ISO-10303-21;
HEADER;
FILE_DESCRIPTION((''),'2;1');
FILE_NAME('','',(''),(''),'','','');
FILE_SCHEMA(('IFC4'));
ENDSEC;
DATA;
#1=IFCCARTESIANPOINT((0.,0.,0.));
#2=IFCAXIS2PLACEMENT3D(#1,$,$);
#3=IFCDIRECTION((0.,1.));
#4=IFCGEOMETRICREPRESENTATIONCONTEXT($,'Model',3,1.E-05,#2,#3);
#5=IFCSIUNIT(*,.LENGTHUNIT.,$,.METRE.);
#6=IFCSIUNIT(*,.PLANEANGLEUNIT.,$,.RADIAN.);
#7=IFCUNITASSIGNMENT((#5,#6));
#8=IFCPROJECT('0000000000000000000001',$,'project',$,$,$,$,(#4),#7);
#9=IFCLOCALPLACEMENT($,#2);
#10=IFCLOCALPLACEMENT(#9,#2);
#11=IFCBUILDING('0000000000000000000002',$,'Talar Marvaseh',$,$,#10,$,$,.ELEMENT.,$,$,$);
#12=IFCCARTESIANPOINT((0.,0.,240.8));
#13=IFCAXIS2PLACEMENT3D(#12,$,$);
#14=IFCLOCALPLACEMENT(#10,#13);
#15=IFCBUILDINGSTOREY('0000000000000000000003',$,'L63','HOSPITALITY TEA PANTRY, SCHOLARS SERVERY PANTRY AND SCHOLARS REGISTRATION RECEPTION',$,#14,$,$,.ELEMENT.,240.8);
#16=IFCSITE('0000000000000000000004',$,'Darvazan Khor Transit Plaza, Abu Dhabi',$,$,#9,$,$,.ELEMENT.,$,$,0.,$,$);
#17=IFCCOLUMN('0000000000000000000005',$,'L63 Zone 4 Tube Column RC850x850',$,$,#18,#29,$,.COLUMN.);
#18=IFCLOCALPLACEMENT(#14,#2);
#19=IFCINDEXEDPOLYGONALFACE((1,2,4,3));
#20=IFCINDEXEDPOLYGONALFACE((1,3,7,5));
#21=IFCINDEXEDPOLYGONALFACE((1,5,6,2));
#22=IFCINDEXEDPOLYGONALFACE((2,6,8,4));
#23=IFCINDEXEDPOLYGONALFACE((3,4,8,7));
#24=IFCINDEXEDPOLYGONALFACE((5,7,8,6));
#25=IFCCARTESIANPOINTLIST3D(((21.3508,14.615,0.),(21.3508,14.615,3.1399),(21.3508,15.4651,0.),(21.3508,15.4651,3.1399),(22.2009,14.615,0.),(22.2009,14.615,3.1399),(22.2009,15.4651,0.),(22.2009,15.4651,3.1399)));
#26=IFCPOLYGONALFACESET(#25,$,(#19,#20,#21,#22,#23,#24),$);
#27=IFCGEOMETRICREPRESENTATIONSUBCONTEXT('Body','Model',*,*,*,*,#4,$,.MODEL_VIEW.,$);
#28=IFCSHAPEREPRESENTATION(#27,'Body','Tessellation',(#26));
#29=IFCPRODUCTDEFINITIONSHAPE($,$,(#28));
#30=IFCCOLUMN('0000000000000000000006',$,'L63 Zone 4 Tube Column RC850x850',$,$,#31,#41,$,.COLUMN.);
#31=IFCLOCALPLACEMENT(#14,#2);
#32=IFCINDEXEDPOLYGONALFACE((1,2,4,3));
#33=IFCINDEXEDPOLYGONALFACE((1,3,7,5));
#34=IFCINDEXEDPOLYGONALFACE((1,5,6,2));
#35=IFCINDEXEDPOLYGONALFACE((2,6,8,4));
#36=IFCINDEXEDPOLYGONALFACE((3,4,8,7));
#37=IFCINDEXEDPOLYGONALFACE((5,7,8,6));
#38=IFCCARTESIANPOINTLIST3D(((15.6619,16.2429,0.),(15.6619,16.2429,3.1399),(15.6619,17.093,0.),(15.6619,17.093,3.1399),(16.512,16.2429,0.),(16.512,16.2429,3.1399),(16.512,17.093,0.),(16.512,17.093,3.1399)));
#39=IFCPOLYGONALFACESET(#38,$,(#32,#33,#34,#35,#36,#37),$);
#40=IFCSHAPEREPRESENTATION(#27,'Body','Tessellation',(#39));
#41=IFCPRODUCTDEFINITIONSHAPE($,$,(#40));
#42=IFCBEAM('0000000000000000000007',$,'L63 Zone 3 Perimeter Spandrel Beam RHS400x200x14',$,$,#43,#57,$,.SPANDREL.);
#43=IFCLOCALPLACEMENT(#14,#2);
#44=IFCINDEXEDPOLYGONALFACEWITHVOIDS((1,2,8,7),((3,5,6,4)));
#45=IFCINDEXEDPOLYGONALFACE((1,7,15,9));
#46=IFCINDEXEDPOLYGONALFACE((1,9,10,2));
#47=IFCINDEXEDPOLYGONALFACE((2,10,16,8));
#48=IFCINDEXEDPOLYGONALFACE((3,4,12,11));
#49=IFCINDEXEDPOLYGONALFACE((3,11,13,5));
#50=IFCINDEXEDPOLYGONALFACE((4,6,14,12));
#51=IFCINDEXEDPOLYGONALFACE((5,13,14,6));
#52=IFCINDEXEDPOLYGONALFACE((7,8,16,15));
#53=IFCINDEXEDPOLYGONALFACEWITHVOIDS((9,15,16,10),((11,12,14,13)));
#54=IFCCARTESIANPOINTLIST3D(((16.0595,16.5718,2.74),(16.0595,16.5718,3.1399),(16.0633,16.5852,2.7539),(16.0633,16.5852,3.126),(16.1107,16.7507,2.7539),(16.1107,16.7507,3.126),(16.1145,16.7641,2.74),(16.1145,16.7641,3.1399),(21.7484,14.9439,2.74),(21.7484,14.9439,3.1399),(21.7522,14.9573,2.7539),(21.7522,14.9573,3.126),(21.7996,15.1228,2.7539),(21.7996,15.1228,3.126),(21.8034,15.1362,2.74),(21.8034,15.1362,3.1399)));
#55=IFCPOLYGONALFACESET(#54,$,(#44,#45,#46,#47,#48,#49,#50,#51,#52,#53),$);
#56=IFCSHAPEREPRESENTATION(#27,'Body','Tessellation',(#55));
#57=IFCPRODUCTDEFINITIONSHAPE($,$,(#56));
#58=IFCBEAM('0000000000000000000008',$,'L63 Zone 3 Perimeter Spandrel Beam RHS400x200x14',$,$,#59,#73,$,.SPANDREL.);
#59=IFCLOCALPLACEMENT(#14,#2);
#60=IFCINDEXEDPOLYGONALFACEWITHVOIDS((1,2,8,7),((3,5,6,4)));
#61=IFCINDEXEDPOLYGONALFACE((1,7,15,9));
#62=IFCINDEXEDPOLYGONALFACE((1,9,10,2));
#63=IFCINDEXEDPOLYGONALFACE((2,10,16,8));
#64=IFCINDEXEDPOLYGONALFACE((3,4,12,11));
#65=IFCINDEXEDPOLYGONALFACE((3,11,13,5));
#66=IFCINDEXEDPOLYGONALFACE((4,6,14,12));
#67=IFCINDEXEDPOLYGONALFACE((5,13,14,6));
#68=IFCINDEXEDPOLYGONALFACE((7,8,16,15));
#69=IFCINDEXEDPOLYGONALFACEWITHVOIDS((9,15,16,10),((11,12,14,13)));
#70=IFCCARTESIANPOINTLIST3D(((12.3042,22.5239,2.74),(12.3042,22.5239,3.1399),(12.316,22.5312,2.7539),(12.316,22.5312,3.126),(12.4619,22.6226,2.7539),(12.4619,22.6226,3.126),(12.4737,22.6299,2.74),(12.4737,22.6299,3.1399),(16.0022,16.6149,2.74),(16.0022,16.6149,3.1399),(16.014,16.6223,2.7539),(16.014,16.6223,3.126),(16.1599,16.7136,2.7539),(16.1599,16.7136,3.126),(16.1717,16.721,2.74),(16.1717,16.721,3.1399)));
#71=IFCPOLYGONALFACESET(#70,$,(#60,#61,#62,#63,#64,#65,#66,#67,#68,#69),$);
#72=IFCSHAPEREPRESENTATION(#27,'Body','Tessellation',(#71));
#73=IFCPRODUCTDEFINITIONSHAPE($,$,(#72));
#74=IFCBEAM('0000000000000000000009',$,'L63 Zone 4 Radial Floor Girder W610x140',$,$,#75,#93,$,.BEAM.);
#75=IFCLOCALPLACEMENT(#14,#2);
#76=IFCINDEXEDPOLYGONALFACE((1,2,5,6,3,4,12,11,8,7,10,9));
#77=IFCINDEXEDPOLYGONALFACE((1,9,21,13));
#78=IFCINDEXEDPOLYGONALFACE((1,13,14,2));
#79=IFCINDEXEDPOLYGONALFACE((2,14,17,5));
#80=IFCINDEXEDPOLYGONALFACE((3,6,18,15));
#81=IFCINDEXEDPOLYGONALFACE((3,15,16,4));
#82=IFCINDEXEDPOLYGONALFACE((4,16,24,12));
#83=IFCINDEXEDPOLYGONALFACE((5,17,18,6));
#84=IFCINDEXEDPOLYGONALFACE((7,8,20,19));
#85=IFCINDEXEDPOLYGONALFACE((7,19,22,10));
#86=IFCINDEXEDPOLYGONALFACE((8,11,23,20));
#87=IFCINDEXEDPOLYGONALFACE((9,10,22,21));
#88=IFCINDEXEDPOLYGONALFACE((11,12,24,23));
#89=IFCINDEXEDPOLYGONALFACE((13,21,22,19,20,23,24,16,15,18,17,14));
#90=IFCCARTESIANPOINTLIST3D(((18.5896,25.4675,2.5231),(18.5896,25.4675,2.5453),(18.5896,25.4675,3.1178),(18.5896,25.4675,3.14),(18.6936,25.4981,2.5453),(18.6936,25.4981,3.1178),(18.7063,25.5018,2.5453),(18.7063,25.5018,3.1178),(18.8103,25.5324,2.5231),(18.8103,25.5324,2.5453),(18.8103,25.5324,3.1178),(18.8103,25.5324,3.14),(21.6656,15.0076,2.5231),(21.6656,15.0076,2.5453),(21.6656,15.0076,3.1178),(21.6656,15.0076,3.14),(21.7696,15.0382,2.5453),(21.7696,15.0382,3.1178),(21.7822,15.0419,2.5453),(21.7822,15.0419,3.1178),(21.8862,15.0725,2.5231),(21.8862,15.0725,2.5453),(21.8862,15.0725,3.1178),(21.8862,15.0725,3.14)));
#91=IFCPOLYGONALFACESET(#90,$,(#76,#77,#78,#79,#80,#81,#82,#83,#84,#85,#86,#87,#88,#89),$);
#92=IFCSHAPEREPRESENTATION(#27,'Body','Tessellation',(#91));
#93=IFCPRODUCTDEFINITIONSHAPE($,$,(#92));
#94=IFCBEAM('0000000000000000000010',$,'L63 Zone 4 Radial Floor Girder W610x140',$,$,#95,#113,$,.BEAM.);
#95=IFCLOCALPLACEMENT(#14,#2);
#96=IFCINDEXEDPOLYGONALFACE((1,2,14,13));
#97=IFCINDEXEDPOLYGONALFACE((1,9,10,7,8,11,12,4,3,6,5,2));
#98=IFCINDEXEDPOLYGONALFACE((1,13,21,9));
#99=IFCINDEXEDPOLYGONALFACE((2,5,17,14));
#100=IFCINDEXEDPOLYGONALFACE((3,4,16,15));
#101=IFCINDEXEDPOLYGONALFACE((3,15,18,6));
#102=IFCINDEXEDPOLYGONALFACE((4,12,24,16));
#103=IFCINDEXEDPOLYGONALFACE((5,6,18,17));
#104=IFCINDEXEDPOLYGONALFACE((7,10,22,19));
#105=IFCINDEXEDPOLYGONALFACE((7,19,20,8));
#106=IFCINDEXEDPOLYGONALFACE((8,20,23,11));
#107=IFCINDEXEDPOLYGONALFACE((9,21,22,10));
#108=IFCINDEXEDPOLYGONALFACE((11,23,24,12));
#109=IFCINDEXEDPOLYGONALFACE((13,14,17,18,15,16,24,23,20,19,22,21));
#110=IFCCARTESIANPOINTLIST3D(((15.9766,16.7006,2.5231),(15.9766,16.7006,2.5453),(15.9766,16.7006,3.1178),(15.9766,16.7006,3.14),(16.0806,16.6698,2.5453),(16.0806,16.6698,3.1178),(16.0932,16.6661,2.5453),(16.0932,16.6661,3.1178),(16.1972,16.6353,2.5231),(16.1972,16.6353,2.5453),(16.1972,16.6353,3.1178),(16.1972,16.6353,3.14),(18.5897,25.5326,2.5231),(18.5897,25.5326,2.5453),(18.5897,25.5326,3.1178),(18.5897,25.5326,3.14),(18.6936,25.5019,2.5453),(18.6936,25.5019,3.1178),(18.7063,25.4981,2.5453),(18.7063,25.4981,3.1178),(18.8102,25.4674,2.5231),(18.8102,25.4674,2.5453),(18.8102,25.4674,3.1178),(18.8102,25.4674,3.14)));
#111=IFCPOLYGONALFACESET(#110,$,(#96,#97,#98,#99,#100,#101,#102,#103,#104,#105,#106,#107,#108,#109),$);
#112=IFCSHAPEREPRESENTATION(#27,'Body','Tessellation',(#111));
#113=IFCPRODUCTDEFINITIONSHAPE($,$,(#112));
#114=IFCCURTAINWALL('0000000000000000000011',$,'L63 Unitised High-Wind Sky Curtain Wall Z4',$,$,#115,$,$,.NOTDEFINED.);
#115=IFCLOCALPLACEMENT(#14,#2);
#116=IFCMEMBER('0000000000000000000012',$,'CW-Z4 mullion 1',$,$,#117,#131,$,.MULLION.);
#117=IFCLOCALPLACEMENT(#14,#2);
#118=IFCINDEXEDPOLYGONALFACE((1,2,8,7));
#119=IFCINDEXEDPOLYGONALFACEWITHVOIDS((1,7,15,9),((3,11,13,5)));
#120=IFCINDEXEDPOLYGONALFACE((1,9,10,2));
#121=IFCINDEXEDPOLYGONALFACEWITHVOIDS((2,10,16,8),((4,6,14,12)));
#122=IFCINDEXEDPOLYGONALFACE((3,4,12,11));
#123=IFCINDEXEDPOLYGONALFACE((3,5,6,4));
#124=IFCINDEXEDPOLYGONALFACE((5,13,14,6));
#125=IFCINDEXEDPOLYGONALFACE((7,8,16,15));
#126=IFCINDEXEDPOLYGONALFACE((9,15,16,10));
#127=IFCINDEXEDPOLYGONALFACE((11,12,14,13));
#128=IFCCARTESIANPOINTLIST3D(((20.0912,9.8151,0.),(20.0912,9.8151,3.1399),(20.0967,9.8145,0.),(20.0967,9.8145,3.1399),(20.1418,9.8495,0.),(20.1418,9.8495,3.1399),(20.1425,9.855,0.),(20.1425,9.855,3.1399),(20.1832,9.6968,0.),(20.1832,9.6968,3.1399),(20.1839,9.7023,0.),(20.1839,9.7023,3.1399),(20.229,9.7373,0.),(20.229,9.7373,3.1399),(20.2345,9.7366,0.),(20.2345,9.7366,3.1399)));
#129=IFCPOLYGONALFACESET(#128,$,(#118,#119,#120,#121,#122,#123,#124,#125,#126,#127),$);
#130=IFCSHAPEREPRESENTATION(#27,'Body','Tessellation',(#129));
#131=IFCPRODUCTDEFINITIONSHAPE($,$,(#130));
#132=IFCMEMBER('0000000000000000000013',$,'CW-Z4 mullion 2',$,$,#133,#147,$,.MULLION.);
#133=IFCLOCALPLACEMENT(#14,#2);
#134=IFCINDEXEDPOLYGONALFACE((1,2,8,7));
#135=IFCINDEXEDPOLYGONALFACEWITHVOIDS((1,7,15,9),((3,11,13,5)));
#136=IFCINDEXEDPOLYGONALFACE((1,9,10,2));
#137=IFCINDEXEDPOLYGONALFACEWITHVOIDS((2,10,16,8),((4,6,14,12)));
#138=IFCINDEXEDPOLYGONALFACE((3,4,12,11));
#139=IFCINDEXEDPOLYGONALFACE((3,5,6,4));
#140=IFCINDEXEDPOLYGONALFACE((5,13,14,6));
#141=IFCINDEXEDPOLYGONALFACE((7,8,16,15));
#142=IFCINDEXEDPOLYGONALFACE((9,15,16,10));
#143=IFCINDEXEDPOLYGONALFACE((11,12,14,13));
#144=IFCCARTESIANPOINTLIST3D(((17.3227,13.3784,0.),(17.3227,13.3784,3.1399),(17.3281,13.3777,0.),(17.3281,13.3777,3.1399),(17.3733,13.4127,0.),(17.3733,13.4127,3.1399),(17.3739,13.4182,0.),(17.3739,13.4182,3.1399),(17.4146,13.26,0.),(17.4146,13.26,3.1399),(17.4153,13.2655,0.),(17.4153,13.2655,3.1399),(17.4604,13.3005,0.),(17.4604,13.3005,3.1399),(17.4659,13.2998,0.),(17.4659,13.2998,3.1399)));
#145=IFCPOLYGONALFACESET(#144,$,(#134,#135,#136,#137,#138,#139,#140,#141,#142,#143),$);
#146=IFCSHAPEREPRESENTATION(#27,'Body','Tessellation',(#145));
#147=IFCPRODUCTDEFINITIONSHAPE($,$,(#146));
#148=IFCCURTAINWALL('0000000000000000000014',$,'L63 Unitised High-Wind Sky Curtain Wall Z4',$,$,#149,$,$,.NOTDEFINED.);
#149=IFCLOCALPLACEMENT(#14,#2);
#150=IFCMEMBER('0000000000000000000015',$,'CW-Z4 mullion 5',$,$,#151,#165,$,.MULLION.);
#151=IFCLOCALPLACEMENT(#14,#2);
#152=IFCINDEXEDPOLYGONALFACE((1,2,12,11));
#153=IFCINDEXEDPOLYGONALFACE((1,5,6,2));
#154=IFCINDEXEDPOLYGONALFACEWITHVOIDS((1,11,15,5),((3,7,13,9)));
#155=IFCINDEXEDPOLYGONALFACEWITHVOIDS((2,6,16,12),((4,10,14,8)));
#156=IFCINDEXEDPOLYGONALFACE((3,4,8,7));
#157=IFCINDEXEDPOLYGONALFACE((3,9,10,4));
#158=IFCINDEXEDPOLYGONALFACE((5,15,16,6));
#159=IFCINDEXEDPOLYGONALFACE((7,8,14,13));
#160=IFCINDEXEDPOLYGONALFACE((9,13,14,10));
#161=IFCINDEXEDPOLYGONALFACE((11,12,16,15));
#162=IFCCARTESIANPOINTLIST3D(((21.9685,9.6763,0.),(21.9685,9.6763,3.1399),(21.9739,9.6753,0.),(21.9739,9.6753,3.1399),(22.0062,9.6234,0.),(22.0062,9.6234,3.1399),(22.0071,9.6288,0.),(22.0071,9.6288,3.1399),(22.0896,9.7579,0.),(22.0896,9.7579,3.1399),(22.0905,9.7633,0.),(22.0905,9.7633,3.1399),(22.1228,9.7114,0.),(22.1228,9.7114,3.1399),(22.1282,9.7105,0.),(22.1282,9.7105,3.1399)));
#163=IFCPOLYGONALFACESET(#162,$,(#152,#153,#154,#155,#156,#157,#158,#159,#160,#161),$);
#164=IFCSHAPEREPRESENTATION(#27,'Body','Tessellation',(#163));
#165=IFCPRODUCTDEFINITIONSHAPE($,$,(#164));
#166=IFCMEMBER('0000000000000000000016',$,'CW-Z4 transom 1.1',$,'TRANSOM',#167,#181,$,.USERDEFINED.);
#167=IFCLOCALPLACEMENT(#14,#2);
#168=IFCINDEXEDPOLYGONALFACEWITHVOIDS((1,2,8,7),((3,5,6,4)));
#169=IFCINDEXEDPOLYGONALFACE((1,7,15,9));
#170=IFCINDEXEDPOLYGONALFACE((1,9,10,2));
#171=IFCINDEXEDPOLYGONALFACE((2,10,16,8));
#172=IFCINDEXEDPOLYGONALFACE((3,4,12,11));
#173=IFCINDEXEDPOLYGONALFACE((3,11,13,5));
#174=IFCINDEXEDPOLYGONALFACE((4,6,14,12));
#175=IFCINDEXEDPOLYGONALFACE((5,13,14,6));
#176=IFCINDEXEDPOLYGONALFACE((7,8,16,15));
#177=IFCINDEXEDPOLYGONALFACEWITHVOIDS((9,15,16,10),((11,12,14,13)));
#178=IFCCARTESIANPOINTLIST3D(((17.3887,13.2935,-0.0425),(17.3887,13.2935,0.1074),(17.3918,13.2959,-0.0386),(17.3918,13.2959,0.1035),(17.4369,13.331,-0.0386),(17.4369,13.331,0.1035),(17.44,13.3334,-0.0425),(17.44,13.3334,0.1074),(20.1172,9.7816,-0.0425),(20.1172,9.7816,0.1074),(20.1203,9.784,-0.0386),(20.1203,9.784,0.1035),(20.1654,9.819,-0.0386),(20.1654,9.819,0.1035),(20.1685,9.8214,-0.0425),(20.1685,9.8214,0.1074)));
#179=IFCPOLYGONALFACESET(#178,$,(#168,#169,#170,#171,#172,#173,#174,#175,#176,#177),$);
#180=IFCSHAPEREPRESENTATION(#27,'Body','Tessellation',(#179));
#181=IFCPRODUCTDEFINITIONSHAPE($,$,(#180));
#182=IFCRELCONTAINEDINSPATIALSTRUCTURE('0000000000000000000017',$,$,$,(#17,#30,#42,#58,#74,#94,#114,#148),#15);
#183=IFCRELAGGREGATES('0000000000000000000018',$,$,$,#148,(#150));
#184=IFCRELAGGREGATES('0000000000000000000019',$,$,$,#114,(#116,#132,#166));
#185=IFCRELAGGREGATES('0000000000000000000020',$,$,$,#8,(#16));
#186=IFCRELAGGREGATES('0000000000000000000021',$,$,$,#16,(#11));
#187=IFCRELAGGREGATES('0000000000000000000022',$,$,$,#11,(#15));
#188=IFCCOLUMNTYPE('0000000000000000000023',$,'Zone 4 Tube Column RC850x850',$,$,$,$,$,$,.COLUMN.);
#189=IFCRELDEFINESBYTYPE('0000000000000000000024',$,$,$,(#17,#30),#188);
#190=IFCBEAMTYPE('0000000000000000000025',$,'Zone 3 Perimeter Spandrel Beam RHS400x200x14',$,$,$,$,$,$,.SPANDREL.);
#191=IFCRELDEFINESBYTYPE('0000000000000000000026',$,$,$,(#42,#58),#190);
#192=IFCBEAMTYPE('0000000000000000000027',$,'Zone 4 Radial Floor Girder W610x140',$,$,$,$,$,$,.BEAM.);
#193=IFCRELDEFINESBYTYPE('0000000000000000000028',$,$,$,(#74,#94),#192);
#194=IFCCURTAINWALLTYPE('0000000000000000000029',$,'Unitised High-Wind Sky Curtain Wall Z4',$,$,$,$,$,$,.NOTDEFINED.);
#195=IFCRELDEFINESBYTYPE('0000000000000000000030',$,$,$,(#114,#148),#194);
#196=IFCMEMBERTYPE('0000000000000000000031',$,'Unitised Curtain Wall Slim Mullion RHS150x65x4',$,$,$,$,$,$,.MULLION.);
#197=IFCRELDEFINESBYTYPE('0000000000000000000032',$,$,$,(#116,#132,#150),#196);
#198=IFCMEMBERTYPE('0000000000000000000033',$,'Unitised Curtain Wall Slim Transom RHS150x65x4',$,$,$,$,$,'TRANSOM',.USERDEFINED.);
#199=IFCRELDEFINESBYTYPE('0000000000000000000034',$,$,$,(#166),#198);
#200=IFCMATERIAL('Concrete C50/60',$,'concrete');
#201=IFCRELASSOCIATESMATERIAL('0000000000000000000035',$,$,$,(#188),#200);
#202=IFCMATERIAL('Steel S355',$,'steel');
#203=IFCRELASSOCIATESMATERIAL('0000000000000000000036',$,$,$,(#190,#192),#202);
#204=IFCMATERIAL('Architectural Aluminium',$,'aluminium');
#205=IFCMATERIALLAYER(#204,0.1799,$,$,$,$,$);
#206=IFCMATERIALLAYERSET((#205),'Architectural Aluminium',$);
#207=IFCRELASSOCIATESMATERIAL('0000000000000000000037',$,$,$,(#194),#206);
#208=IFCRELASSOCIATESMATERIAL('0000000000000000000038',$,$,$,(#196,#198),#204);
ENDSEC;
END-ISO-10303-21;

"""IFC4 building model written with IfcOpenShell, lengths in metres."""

from ifc_helpers import new_model, si_unit, direction, frame, origin, origin_2d, place, context, subcontext, project, spatial, rectangle, hollow_rectangle, i_section, extrude, source, transform, mapped, material, layer, layer_set, material_profile, profile_set, type_object, type_shapes, element, aggregate, save


model = new_model("IFC4")

# Units and contexts
model_context = context("Model", 3, precision=1e-05, world=origin(), true_north=direction((0.0, 1.0)))
body_context = subcontext(model_context, "Body", "Model", "MODEL_VIEW")
ifc_project = project(units=[si_unit("LENGTHUNIT", "METRE"), si_unit("PLANEANGLEUNIT", "RADIAN")], contexts=[model_context])

# Site, building, storey
site_placement = place(None, origin())
site = spatial("IfcSite", under=ifc_project, at=site_placement, Name="Darvazan Khor Transit Plaza, Abu Dhabi", CompositionType="ELEMENT", RefElevation=0.0)
building_placement = place(site_placement, origin())
building = spatial("IfcBuilding", under=site, at=building_placement, Name="Talar Marvaseh", CompositionType="ELEMENT")
storey_placement = place(building_placement, frame((0.0, 0.0, 240.8)))
storey = spatial("IfcBuildingStorey", under=building, at=storey_placement, Name="L63", Description="HOSPITALITY TEA PANTRY, SCHOLARS SERVERY PANTRY AND SCHOLARS REGISTRATION RECEPTION", CompositionType="ELEMENT", Elevation=240.8)

# Columns
ifc_material_1 = material(Name="Concrete C50/60", Category="concrete")
ifc_material_profile_1 = material_profile(ifc_material_1, rectangle(XDim=0.8501, YDim=0.8501, at=origin_2d()), Name="RC850x850")
ifc_profile_set_1 = profile_set([ifc_material_profile_1], Name="Concrete C50/60")
column_type = type_object("IfcColumnType", Name="Zone 4 Tube Column RC850x850", PredefinedType="COLUMN", material=ifc_profile_set_1)
for number, where, z_axis, x_axis, name in (
    (1, (21.7759, 15.04, 0.0), (0.0, 0.0, 1.0), (1.0, 0.0, 0.0), "L63 Zone 4 Tube Column RC850x850"),
    (2, (16.0869, 16.668, 0.0), (0.0, 0.0, 1.0), (1.0, 0.0, 0.0), "L63 Zone 4 Tube Column RC850x850"),
):
    element("IfcColumn", number, at=place(storey_placement, frame(where, z_axis=z_axis, x_axis=x_axis)), inside=storey, type_object=column_type, Name=name, PredefinedType="COLUMN", context=body_context, shape_type="SweptSolid", body=[
        extrude(rectangle(XDim=0.8501, YDim=0.8501, at=origin_2d()), origin(), (0.0, 0.0, 1.0), 3.1399),
    ])

# Beams
ifc_material_2 = material(Name="Steel S355", Category="steel")
ifc_material_profile_2 = material_profile(ifc_material_2, hollow_rectangle(XDim=0.2, YDim=0.3999, WallThickness=0.0139, at=origin_2d()), Name="RHS400x200x14")
ifc_profile_set_2 = profile_set([ifc_material_profile_2], Name="Steel S355")
beam_type_1 = type_object("IfcBeamType", Name="Zone 3 Perimeter Spandrel Beam RHS400x200x14", PredefinedType="SPANDREL", material=ifc_profile_set_2)
beam_1_placement = place(storey_placement, frame((21.7759, 15.04, 2.9399), z_axis=(-0.961412, 0.275113, 0.0), x_axis=(-0.275113, -0.961412, 0.0)))
element("IfcBeam", 3, at=beam_1_placement, inside=storey, type_object=beam_type_1, Name="L63 Zone 3 Perimeter Spandrel Beam RHS400x200x14", PredefinedType="SPANDREL", context=body_context, shape_type="SweptSolid", body=[
    extrude(hollow_rectangle(XDim=0.2, YDim=0.3999, WallThickness=0.0139, at=origin_2d()), origin(), (0.0, 0.0, 1.0), 5.9172),
])
beam_2_placement = place(storey_placement, frame((16.0869, 16.668, 2.9399), z_axis=(-0.530506, 0.847681, 0.0), x_axis=(-0.847681, -0.530506, 0.0)))
element("IfcBeam", 4, at=beam_2_placement, inside=storey, type_object=beam_type_1, Name="L63 Zone 3 Perimeter Spandrel Beam RHS400x200x14", PredefinedType="SPANDREL", context=body_context, shape_type="SweptSolid", body=[
    extrude(hollow_rectangle(XDim=0.2, YDim=0.3999, WallThickness=0.0139, at=origin_2d()), origin(), (0.0, 0.0, 1.0), 6.9707),
])
ifc_material_profile_3 = material_profile(ifc_material_2, i_section(OverallWidth=0.23, OverallDepth=0.6169, WebThickness=0.0132, FlangeThickness=0.0222, at=origin_2d()), Name="W610x140")
ifc_profile_set_3 = profile_set([ifc_material_profile_3], Name="Steel S355")
beam_type_2 = type_object("IfcBeamType", Name="Zone 4 Radial Floor Girder W610x140", PredefinedType="BEAM", material=ifc_profile_set_3)
beam_3_placement = place(storey_placement, frame((21.7759, 15.04, 2.8315), z_axis=(-0.282121, 0.959379, 0.0), x_axis=(-0.959379, -0.282121, 0.0)))
element("IfcBeam", 5, at=beam_3_placement, inside=storey, type_object=beam_type_2, Name="L63 Zone 4 Radial Floor Girder W610x140", PredefinedType="BEAM", context=body_context, shape_type="SweptSolid", body=[
    extrude(i_section(OverallWidth=0.23, OverallDepth=0.6169, WebThickness=0.0132, FlangeThickness=0.0222, at=origin_2d()), origin(), (0.0, 0.0, 1.0), 10.9028),
])
beam_4_placement = place(storey_placement, frame((16.0869, 16.668, 2.8315), z_axis=(0.283703, 0.958912, 0.0), x_axis=(-0.958912, 0.283703, 0.0)))
element("IfcBeam", 6, at=beam_4_placement, inside=storey, type_object=beam_type_2, Name="L63 Zone 4 Radial Floor Girder W610x140", PredefinedType="BEAM", context=body_context, shape_type="SweptSolid", body=[
    extrude(i_section(OverallWidth=0.23, OverallDepth=0.6169, WebThickness=0.0132, FlangeThickness=0.0222, at=origin_2d()), origin(), (0.0, 0.0, 1.0), 9.2104),
])

# Curtain wall, members
ifc_material_3 = material(Name="Architectural Aluminium", Category="aluminium")
ifc_layer_1 = layer(ifc_material_3, 0.1799)
ifc_layer_set_1 = layer_set([ifc_layer_1], Name="Architectural Aluminium")
curtain_wall_type = type_object("IfcCurtainWallType", Name="Unitised High-Wind Sky Curtain Wall Z4", PredefinedType="NOTDEFINED", material=ifc_layer_set_1)
curtain_wall_1_placement = place(storey_placement, origin())
curtain_wall_1 = element("IfcCurtainWall", 7, at=curtain_wall_1_placement, inside=storey, type_object=curtain_wall_type, Name="L63 Unitised High-Wind Sky Curtain Wall Z4", PredefinedType="NOTDEFINED")
ifc_material_profile_4 = material_profile(ifc_material_3, hollow_rectangle(XDim=0.0649, YDim=0.1499, WallThickness=0.0039, at=origin_2d()), Name="RHS150x65x4")
ifc_profile_set_4 = profile_set([ifc_material_profile_4], Name="Architectural Aluminium")
member_type_1 = type_object("IfcMemberType", Name="Unitised Curtain Wall Slim Mullion RHS150x65x4", PredefinedType="MULLION", material=ifc_profile_set_4)
shared_shape_1 = source(origin(), body_context, "Body", "SweptSolid", [
    extrude(hollow_rectangle(XDim=0.0649, YDim=0.1499, WallThickness=0.0039, at=origin_2d()), origin(), (0.0, 0.0, 1.0), 3.1399),
])
type_shapes(member_type_1, [shared_shape_1])
member_1_placement = place(storey_placement, frame((20.1628, 9.7759, 0.0), z_axis=(0.0, 0.0, 1.0), x_axis=(-0.789661, -0.613544, 0.0)))
member_1 = element("IfcMember", 8, at=member_1_placement, type_object=member_type_1, Name="CW-Z4 mullion 1", PredefinedType="MULLION", context=body_context, shape_type="MappedRepresentation", body=[
    mapped(shared_shape_1, transform((0.0, 0.0, 0.0), x_axis=(1.0, 0.0, 0.0), y_axis=(0.0, 1.0, 0.0), z_axis=(0.0, 0.0, 1.0), scale=1.0)),
])
member_2_placement = place(storey_placement, frame((17.3943, 13.3391, 0.0), z_axis=(0.0, 0.0, 1.0), x_axis=(-0.789661, -0.613544, 0.0)))
member_2 = element("IfcMember", 9, at=member_2_placement, type_object=member_type_1, Name="CW-Z4 mullion 2", PredefinedType="MULLION", context=body_context, shape_type="MappedRepresentation", body=[
    mapped(shared_shape_1, transform((0.0, 0.0, 0.0), x_axis=(1.0, 0.0, 0.0), y_axis=(0.0, 1.0, 0.0), z_axis=(0.0, 0.0, 1.0), scale=1.0)),
])

# Curtain wall, member
curtain_wall_2_placement = place(storey_placement, origin())
curtain_wall_2 = element("IfcCurtainWall", 10, at=curtain_wall_2_placement, inside=storey, type_object=curtain_wall_type, Name="L63 Unitised High-Wind Sky Curtain Wall Z4", PredefinedType="NOTDEFINED")
member_3_placement = place(storey_placement, frame((22.0483, 9.6934, 0.0), z_axis=(0.0, 0.0, 1.0), x_axis=(0.580831, -0.814024, 0.0)))
member_3 = element("IfcMember", 11, at=member_3_placement, type_object=member_type_1, Name="CW-Z4 mullion 5", PredefinedType="MULLION", context=body_context, shape_type="MappedRepresentation", body=[
    mapped(shared_shape_1, transform((0.0, 0.0, 0.0), x_axis=(1.0, 0.0, 0.0), y_axis=(0.0, 1.0, 0.0), z_axis=(0.0, 0.0, 1.0), scale=1.0)),
])
aggregate(curtain_wall_2, [member_3])

# Member
ifc_material_profile_5 = material_profile(ifc_material_3, hollow_rectangle(XDim=0.0649, YDim=0.1499, WallThickness=0.0039, at=origin_2d()), Name="RHS150x65x4")
ifc_profile_set_5 = profile_set([ifc_material_profile_5], Name="Architectural Aluminium")
member_type_2 = type_object("IfcMemberType", Name="Unitised Curtain Wall Slim Transom RHS150x65x4", ElementType="TRANSOM", PredefinedType="USERDEFINED", material=ifc_profile_set_5)
shared_shape_2 = source(origin(), body_context, "Body", "SweptSolid", [
    extrude(hollow_rectangle(XDim=0.0649, YDim=0.1499, WallThickness=0.0039, at=origin_2d()), origin(), (0.0, 0.0, 1.0), 4.4473),
])
member_4_placement = place(storey_placement, frame((20.1428, 9.8015, 0.0325), z_axis=(-0.613519, 0.78968, 0.0), x_axis=(-0.78968, -0.613519, 0.0)))
member_4 = element("IfcMember", 12, at=member_4_placement, type_object=member_type_2, Name="CW-Z4 transom 1.1", ObjectType="TRANSOM", PredefinedType="USERDEFINED", context=body_context, shape_type="MappedRepresentation", body=[
    mapped(shared_shape_2, transform((0.0, 0.0, 0.0), x_axis=(1.0, 0.0, 0.0), y_axis=(0.0, 1.0, 0.0), z_axis=(0.0, 0.0, 1.0), scale=1.0)),
])

aggregate(curtain_wall_1, [member_1, member_2, member_4])

save(model, "model.ifc")
